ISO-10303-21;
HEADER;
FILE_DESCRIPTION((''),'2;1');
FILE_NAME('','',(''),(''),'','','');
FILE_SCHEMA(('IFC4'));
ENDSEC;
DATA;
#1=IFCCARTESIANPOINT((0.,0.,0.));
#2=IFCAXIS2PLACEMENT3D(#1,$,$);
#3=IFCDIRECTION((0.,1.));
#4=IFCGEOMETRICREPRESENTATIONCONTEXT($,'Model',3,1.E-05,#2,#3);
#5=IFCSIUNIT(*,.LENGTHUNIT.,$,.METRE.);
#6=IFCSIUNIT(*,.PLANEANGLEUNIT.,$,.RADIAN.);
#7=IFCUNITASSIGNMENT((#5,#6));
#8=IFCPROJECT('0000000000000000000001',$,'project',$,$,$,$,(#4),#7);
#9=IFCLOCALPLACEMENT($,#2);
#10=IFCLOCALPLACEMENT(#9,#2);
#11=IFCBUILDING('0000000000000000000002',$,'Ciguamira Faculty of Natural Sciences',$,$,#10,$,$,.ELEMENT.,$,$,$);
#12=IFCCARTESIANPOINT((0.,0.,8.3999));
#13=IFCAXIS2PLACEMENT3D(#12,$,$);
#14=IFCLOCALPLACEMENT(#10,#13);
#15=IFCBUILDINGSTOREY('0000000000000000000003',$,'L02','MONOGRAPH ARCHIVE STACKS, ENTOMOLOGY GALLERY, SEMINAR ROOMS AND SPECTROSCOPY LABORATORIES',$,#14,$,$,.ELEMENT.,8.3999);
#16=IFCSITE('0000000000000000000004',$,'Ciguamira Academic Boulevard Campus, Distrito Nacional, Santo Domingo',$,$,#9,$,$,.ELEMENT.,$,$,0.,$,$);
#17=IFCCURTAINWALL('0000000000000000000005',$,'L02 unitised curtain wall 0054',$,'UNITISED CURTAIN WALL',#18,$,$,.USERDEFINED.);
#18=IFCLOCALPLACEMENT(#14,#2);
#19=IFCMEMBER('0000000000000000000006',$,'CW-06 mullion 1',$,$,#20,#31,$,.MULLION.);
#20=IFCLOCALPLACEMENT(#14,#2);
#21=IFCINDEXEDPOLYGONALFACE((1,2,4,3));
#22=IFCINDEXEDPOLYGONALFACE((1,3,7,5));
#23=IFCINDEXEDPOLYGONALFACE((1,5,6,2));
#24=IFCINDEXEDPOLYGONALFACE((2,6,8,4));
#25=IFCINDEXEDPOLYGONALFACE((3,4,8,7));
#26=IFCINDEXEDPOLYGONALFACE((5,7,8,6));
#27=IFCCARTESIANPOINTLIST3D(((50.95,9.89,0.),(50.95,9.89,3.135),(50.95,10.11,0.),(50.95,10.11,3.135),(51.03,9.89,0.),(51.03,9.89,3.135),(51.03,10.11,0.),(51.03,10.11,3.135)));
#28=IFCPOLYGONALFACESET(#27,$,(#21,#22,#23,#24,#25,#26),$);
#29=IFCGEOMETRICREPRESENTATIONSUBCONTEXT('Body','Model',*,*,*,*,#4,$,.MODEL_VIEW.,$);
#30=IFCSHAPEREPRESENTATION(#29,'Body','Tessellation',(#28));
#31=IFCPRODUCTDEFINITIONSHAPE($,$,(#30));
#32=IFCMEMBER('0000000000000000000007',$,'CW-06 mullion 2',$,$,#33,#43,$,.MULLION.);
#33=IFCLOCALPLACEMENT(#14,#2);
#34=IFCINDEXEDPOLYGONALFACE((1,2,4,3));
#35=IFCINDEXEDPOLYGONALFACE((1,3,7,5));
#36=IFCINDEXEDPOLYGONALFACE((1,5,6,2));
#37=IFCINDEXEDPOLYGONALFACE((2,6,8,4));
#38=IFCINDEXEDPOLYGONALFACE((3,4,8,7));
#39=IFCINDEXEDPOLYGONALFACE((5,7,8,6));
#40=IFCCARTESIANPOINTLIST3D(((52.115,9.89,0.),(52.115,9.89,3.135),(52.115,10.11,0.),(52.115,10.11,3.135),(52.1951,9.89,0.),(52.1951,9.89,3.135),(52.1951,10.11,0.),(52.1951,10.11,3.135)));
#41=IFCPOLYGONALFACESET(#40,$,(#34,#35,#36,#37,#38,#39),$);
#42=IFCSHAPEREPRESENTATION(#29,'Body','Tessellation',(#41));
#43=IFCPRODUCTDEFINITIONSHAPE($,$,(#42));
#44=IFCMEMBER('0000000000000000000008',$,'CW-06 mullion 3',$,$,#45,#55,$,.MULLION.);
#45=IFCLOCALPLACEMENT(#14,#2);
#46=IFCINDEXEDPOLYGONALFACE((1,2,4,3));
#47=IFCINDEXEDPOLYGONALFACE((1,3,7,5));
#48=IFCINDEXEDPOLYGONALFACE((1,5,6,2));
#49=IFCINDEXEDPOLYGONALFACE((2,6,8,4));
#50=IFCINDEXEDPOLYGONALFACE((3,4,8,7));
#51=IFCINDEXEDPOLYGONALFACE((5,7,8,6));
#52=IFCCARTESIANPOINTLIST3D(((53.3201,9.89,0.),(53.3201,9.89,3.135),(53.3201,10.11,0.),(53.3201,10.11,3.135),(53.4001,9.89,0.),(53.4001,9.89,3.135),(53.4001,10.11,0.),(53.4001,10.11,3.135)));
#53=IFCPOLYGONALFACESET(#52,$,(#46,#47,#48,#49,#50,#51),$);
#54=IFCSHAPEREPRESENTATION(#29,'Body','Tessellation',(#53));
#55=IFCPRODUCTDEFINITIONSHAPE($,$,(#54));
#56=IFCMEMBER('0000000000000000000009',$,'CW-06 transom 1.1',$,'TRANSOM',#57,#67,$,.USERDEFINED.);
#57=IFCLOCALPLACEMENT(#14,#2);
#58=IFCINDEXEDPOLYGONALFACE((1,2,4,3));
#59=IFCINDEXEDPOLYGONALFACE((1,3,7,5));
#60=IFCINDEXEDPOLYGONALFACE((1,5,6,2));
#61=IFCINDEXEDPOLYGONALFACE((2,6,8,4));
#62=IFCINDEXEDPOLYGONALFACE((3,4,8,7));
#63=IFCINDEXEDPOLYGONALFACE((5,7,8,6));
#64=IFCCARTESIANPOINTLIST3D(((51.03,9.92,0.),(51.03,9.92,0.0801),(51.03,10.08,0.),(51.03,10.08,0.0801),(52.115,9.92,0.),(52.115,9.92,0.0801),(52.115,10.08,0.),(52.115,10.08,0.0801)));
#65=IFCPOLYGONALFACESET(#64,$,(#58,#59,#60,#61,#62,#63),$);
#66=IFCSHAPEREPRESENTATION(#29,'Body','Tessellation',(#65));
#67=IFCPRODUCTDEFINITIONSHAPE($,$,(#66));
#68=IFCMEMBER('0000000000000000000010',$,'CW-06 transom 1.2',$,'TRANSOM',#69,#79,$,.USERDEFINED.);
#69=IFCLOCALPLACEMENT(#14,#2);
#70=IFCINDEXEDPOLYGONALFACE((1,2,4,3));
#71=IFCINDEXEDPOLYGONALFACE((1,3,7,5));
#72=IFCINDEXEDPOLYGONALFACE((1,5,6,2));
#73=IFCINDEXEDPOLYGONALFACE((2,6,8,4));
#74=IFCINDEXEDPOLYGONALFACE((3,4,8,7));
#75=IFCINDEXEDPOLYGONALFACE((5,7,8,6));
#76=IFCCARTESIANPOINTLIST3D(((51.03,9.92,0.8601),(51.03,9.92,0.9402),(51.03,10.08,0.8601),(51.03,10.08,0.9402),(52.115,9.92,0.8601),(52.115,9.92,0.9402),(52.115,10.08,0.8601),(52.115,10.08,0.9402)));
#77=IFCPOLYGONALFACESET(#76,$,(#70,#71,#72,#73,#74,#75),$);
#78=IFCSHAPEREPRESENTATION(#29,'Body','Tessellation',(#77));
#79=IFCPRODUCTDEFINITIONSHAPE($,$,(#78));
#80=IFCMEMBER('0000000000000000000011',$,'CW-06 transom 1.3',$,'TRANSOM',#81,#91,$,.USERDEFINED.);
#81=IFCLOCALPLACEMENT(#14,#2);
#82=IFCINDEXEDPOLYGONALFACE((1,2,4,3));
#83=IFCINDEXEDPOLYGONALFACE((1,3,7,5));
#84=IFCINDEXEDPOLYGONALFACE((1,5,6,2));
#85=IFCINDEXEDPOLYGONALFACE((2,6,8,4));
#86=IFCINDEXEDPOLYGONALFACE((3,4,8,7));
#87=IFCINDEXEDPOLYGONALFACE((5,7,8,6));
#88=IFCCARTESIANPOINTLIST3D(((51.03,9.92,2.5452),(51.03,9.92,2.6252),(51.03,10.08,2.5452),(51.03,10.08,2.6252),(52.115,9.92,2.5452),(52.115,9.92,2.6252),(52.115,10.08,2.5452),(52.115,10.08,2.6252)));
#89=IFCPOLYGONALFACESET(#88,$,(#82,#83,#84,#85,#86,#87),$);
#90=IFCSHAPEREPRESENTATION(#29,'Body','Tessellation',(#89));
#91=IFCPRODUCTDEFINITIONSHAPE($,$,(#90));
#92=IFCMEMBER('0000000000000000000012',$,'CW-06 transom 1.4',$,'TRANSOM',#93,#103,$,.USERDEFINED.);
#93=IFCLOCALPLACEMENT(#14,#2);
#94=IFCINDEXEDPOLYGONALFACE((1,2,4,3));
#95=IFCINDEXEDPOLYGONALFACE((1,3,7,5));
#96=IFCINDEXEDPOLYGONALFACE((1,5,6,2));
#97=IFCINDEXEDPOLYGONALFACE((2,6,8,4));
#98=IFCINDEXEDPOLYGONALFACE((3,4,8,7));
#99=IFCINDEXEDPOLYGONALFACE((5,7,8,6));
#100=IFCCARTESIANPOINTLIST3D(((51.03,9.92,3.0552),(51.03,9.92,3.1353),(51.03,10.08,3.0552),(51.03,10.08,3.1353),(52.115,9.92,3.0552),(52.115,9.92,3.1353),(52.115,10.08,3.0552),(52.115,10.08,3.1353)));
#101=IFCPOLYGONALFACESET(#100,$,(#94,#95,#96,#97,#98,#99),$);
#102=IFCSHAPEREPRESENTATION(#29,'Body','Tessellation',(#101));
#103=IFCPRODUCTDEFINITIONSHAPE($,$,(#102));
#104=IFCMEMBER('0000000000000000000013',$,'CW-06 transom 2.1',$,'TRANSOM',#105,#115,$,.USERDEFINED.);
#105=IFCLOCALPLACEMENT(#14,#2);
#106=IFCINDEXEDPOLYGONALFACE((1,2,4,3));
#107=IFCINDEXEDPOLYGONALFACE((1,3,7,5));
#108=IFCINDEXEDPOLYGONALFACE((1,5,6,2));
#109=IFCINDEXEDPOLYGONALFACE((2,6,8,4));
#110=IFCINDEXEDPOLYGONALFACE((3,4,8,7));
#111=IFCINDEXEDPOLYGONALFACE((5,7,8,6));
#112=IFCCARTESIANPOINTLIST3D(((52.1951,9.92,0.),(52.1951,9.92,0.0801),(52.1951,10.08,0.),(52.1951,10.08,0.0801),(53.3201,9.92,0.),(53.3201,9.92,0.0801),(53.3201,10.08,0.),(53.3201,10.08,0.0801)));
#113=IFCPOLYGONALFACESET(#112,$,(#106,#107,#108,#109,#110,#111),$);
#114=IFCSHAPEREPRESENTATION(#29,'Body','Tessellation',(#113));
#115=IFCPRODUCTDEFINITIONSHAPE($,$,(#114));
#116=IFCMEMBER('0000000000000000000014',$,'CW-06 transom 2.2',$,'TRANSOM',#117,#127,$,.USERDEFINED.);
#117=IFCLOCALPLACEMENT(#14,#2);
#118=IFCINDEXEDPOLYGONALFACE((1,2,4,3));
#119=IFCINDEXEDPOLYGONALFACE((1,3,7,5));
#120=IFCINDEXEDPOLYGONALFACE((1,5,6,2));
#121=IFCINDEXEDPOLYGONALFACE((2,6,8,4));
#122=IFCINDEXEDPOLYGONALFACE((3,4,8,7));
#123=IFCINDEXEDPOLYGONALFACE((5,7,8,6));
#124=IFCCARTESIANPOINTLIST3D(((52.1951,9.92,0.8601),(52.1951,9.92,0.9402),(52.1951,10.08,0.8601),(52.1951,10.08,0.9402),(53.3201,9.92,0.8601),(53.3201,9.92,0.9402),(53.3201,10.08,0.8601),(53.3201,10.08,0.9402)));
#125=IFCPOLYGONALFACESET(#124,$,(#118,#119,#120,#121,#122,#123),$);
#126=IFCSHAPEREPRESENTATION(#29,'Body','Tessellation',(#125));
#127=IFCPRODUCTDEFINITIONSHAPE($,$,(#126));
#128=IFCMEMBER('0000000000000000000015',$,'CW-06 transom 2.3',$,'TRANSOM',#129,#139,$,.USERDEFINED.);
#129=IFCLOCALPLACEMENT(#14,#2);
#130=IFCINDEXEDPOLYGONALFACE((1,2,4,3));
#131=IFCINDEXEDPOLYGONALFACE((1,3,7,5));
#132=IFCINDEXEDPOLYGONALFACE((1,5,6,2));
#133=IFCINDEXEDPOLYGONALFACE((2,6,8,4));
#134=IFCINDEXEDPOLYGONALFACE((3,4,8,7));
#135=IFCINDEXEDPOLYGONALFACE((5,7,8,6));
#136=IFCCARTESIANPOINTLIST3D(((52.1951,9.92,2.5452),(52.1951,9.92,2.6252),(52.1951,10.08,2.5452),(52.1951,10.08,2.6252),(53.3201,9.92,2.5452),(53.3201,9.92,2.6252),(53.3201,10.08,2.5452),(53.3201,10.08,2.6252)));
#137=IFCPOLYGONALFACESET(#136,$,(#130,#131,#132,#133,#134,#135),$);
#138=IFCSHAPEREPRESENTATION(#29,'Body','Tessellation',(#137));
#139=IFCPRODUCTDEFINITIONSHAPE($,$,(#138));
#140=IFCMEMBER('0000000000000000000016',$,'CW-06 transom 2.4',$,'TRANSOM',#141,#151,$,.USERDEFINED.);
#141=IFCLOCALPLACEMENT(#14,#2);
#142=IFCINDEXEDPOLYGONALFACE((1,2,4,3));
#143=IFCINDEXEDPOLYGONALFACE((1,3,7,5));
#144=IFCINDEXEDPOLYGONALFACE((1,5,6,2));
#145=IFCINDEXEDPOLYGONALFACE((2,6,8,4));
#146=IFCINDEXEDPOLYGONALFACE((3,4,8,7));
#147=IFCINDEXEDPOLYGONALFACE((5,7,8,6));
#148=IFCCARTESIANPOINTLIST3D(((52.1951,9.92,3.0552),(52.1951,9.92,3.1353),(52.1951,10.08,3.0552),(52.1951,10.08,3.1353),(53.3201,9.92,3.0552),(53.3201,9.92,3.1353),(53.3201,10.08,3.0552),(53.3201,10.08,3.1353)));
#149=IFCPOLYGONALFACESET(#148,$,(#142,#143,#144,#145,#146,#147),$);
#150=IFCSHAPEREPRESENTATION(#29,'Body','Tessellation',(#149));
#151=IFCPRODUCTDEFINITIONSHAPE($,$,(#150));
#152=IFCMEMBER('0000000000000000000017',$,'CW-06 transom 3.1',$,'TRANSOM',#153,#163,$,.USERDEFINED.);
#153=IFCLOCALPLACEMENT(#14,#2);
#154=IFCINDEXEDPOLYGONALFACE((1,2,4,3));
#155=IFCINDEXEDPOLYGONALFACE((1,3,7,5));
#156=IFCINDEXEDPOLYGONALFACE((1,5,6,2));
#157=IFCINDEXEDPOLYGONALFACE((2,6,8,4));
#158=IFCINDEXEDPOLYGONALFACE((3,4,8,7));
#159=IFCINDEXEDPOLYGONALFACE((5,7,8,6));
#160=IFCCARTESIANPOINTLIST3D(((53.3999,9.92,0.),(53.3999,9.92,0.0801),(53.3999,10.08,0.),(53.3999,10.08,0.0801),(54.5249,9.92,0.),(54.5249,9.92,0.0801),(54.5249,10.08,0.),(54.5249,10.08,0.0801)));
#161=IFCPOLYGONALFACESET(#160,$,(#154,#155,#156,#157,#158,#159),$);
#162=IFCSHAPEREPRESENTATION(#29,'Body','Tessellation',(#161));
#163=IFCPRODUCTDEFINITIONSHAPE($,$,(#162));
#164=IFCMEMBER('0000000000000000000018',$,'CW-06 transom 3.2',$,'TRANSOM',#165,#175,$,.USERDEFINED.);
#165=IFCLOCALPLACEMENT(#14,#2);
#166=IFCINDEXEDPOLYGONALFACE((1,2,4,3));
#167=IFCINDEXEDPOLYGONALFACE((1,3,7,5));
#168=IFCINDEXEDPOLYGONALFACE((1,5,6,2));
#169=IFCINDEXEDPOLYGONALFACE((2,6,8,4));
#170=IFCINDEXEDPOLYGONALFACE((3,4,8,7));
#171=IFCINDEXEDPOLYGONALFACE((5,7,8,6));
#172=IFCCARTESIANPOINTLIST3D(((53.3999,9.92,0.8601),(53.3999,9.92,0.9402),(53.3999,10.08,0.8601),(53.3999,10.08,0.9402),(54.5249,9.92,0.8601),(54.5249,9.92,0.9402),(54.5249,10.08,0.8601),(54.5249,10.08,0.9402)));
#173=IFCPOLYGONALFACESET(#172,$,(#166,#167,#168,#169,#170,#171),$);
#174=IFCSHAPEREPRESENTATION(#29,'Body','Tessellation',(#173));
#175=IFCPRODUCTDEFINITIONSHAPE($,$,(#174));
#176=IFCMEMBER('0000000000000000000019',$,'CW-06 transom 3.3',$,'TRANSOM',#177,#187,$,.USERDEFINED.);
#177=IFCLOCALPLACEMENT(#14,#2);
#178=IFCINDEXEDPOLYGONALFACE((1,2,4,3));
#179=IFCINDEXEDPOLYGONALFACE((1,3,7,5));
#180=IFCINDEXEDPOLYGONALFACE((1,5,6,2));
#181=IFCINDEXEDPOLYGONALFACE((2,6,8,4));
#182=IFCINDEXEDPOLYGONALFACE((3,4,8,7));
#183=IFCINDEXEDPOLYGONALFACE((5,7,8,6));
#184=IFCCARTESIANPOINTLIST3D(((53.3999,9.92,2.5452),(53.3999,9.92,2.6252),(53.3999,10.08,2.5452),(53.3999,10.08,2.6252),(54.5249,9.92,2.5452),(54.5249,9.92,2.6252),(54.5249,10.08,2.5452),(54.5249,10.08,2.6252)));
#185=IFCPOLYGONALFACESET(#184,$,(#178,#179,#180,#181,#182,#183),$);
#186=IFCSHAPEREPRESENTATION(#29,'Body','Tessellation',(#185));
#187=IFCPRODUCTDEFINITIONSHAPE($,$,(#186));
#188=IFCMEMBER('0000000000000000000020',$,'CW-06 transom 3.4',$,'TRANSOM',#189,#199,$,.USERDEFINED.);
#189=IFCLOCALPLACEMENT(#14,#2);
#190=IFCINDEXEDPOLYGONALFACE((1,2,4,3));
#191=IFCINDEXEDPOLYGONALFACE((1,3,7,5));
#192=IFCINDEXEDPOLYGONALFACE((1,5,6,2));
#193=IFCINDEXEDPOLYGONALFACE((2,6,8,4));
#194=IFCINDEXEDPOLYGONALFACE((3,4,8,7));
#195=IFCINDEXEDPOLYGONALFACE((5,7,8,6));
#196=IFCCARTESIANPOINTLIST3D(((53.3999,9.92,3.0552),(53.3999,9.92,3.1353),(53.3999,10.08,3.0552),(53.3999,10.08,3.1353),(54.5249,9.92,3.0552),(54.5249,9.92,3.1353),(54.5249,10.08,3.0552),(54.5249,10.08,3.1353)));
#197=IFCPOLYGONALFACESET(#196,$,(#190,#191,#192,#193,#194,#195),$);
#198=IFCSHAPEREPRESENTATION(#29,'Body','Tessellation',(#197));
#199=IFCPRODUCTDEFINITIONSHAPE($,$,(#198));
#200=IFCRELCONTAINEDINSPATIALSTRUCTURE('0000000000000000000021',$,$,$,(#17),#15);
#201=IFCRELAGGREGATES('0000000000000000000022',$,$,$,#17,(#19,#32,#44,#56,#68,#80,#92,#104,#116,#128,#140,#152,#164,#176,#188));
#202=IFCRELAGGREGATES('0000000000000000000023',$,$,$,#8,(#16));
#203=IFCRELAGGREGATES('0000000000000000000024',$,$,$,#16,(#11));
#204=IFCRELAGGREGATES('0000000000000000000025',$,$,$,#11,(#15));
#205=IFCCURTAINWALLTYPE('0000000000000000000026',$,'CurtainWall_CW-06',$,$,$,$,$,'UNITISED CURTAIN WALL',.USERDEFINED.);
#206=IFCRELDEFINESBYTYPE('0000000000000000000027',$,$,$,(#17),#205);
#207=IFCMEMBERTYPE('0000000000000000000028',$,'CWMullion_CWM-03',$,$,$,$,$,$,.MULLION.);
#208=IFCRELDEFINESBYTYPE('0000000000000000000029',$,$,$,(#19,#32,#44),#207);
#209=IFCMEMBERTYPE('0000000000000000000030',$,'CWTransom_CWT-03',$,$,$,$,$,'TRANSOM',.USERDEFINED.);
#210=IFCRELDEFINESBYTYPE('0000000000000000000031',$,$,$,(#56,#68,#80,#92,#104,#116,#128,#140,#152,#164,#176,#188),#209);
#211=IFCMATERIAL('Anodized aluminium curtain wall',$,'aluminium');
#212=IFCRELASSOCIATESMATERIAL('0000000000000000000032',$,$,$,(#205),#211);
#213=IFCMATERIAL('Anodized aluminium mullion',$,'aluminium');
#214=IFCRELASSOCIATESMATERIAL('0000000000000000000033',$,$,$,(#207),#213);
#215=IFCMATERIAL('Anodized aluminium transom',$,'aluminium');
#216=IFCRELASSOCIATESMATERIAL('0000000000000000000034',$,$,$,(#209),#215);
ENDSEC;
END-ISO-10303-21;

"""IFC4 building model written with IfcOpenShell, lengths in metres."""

from ifc_helpers import new_model, si_unit, direction, frame, origin, origin_2d, place, context, subcontext, project, spatial, rectangle, extrude, material, material_profile, profile_set, type_object, element, aggregate, save


model = new_model("IFC4")

# Units and contexts
model_context = context("Model", 3, precision=1e-05, world=origin(), true_north=direction((0.0, 1.0)))
body_context = subcontext(model_context, "Body", "Model", "MODEL_VIEW")
ifc_project = project(units=[si_unit("LENGTHUNIT", "METRE"), si_unit("PLANEANGLEUNIT", "RADIAN")], contexts=[model_context])

# Site, building, storey
site_placement = place(None, origin())
site = spatial("IfcSite", under=ifc_project, at=site_placement, Name="Ciguamira Academic Boulevard Campus, Distrito Nacional, Santo Domingo", CompositionType="ELEMENT", RefElevation=0.0)
building_placement = place(site_placement, origin())
building = spatial("IfcBuilding", under=site, at=building_placement, Name="Ciguamira Faculty of Natural Sciences", CompositionType="ELEMENT")
storey_placement = place(building_placement, frame((0.0, 0.0, 8.3999)))
storey = spatial("IfcBuildingStorey", under=building, at=storey_placement, Name="L02", Description="MONOGRAPH ARCHIVE STACKS, ENTOMOLOGY GALLERY, SEMINAR ROOMS AND SPECTROSCOPY LABORATORIES", CompositionType="ELEMENT", Elevation=8.3999)

# Curtain wall, members
ifc_material_1 = material(Name="Anodized aluminium curtain wall", Category="aluminium")
curtain_wall_type = type_object("IfcCurtainWallType", Name="CurtainWall_CW-06", ElementType="UNITISED CURTAIN WALL", PredefinedType="USERDEFINED", material=ifc_material_1)
curtain_wall_placement = place(storey_placement, origin())
curtain_wall = element("IfcCurtainWall", 1, at=curtain_wall_placement, inside=storey, type_object=curtain_wall_type, Name="L02 unitised curtain wall 0054", ObjectType="UNITISED CURTAIN WALL", PredefinedType="USERDEFINED")
ifc_material_2 = material(Name="Anodized aluminium mullion", Category="aluminium")
ifc_material_profile_1 = material_profile(ifc_material_2, rectangle(XDim=0.0801, YDim=0.22, at=origin_2d()), Name="ALU-MUL-80X220")
ifc_profile_set_1 = profile_set([ifc_material_profile_1], Name="Anodized aluminium mullion")
member_type_1 = type_object("IfcMemberType", Name="CWMullion_CWM-03", PredefinedType="MULLION", material=ifc_profile_set_1)
member_1_placement = place(storey_placement, frame((50.99, 10.0, 0.0), z_axis=(0.0, 0.0, 1.0), x_axis=(1.0, 0.0, 0.0)))
member_1 = element("IfcMember", 2, at=member_1_placement, type_object=member_type_1, Name="CW-06 mullion 1", PredefinedType="MULLION", context=body_context, shape_type="SweptSolid", body=[
    extrude(rectangle(XDim=0.0801, YDim=0.22, at=origin_2d()), origin(), (0.0, 0.0, 1.0), 3.135),
])
member_2_placement = place(storey_placement, frame((52.155, 10.0, 0.0), z_axis=(0.0, 0.0, 1.0), x_axis=(1.0, 0.0, 0.0)))
member_2 = element("IfcMember", 3, at=member_2_placement, type_object=member_type_1, Name="CW-06 mullion 2", PredefinedType="MULLION", context=body_context, shape_type="SweptSolid", body=[
    extrude(rectangle(XDim=0.0801, YDim=0.22, at=origin_2d()), origin(), (0.0, 0.0, 1.0), 3.135),
])
member_3_placement = place(storey_placement, frame((53.3601, 10.0, 0.0), z_axis=(0.0, 0.0, 1.0), x_axis=(1.0, 0.0, 0.0)))
member_3 = element("IfcMember", 4, at=member_3_placement, type_object=member_type_1, Name="CW-06 mullion 3", PredefinedType="MULLION", context=body_context, shape_type="SweptSolid", body=[
    extrude(rectangle(XDim=0.0801, YDim=0.22, at=origin_2d()), origin(), (0.0, 0.0, 1.0), 3.135),
])
ifc_material_3 = material(Name="Anodized aluminium transom", Category="aluminium")
ifc_material_profile_2 = material_profile(ifc_material_3, rectangle(XDim=0.0801, YDim=0.1599, at=origin_2d()), Name="ALU-TRN-80X160")
ifc_profile_set_2 = profile_set([ifc_material_profile_2], Name="Anodized aluminium transom")
member_type_2 = type_object("IfcMemberType", Name="CWTransom_CWT-03", ElementType="TRANSOM", PredefinedType="USERDEFINED", material=ifc_profile_set_2)
member_4_placement = place(storey_placement, frame((51.03, 10.0, 0.04), z_axis=(1.0, 0.0, 0.0), x_axis=(0.0, 0.0, 1.0)))
member_4 = element("IfcMember", 5, at=member_4_placement, type_object=member_type_2, Name="CW-06 transom 1.1", ObjectType="TRANSOM", PredefinedType="USERDEFINED", context=body_context, shape_type="SweptSolid", body=[
    extrude(rectangle(XDim=0.0801, YDim=0.1599, at=origin_2d()), origin(), (0.0, 0.0, 1.0), 1.085),
])
member_5_placement = place(storey_placement, frame((51.03, 10.0, 0.9001), z_axis=(1.0, 0.0, 0.0), x_axis=(0.0, 0.0, 1.0)))
member_5 = element("IfcMember", 6, at=member_5_placement, type_object=member_type_2, Name="CW-06 transom 1.2", ObjectType="TRANSOM", PredefinedType="USERDEFINED", context=body_context, shape_type="SweptSolid", body=[
    extrude(rectangle(XDim=0.0801, YDim=0.1599, at=origin_2d()), origin(), (0.0, 0.0, 1.0), 1.085),
])
member_6_placement = place(storey_placement, frame((51.03, 10.0, 2.5852), z_axis=(1.0, 0.0, 0.0), x_axis=(0.0, 0.0, 1.0)))
member_6 = element("IfcMember", 7, at=member_6_placement, type_object=member_type_2, Name="CW-06 transom 1.3", ObjectType="TRANSOM", PredefinedType="USERDEFINED", context=body_context, shape_type="SweptSolid", body=[
    extrude(rectangle(XDim=0.0801, YDim=0.1599, at=origin_2d()), origin(), (0.0, 0.0, 1.0), 1.085),
])
member_7_placement = place(storey_placement, frame((51.03, 10.0, 3.0952), z_axis=(1.0, 0.0, 0.0), x_axis=(0.0, 0.0, 1.0)))
member_7 = element("IfcMember", 8, at=member_7_placement, type_object=member_type_2, Name="CW-06 transom 1.4", ObjectType="TRANSOM", PredefinedType="USERDEFINED", context=body_context, shape_type="SweptSolid", body=[
    extrude(rectangle(XDim=0.0801, YDim=0.1599, at=origin_2d()), origin(), (0.0, 0.0, 1.0), 1.085),
])
member_8_placement = place(storey_placement, frame((52.1951, 10.0, 0.04), z_axis=(1.0, 0.0, 0.0), x_axis=(0.0, 0.0, 1.0)))
member_8 = element("IfcMember", 9, at=member_8_placement, type_object=member_type_2, Name="CW-06 transom 2.1", ObjectType="TRANSOM", PredefinedType="USERDEFINED", context=body_context, shape_type="SweptSolid", body=[
    extrude(rectangle(XDim=0.0801, YDim=0.1599, at=origin_2d()), origin(), (0.0, 0.0, 1.0), 1.125),
])
member_9_placement = place(storey_placement, frame((52.1951, 10.0, 0.9001), z_axis=(1.0, 0.0, 0.0), x_axis=(0.0, 0.0, 1.0)))
member_9 = element("IfcMember", 10, at=member_9_placement, type_object=member_type_2, Name="CW-06 transom 2.2", ObjectType="TRANSOM", PredefinedType="USERDEFINED", context=body_context, shape_type="SweptSolid", body=[
    extrude(rectangle(XDim=0.0801, YDim=0.1599, at=origin_2d()), origin(), (0.0, 0.0, 1.0), 1.125),
])
member_10_placement = place(storey_placement, frame((52.1951, 10.0, 2.5852), z_axis=(1.0, 0.0, 0.0), x_axis=(0.0, 0.0, 1.0)))
member_10 = element("IfcMember", 11, at=member_10_placement, type_object=member_type_2, Name="CW-06 transom 2.3", ObjectType="TRANSOM", PredefinedType="USERDEFINED", context=body_context, shape_type="SweptSolid", body=[
    extrude(rectangle(XDim=0.0801, YDim=0.1599, at=origin_2d()), origin(), (0.0, 0.0, 1.0), 1.125),
])
member_11_placement = place(storey_placement, frame((52.1951, 10.0, 3.0952), z_axis=(1.0, 0.0, 0.0), x_axis=(0.0, 0.0, 1.0)))
member_11 = element("IfcMember", 12, at=member_11_placement, type_object=member_type_2, Name="CW-06 transom 2.4", ObjectType="TRANSOM", PredefinedType="USERDEFINED", context=body_context, shape_type="SweptSolid", body=[
    extrude(rectangle(XDim=0.0801, YDim=0.1599, at=origin_2d()), origin(), (0.0, 0.0, 1.0), 1.125),
])
member_12_placement = place(storey_placement, frame((53.3999, 10.0, 0.04), z_axis=(1.0, 0.0, 0.0), x_axis=(0.0, 0.0, 1.0)))
member_12 = element("IfcMember", 13, at=member_12_placement, type_object=member_type_2, Name="CW-06 transom 3.1", ObjectType="TRANSOM", PredefinedType="USERDEFINED", context=body_context, shape_type="SweptSolid", body=[
    extrude(rectangle(XDim=0.0801, YDim=0.1599, at=origin_2d()), origin(), (0.0, 0.0, 1.0), 1.125),
])
member_13_placement = place(storey_placement, frame((53.3999, 10.0, 0.9001), z_axis=(1.0, 0.0, 0.0), x_axis=(0.0, 0.0, 1.0)))
member_13 = element("IfcMember", 14, at=member_13_placement, type_object=member_type_2, Name="CW-06 transom 3.2", ObjectType="TRANSOM", PredefinedType="USERDEFINED", context=body_context, shape_type="SweptSolid", body=[
    extrude(rectangle(XDim=0.0801, YDim=0.1599, at=origin_2d()), origin(), (0.0, 0.0, 1.0), 1.125),
])
member_14_placement = place(storey_placement, frame((53.3999, 10.0, 2.5852), z_axis=(1.0, 0.0, 0.0), x_axis=(0.0, 0.0, 1.0)))
member_14 = element("IfcMember", 15, at=member_14_placement, type_object=member_type_2, Name="CW-06 transom 3.3", ObjectType="TRANSOM", PredefinedType="USERDEFINED", context=body_context, shape_type="SweptSolid", body=[
    extrude(rectangle(XDim=0.0801, YDim=0.1599, at=origin_2d()), origin(), (0.0, 0.0, 1.0), 1.125),
])
member_15_placement = place(storey_placement, frame((53.3999, 10.0, 3.0952), z_axis=(1.0, 0.0, 0.0), x_axis=(0.0, 0.0, 1.0)))
member_15 = element("IfcMember", 16, at=member_15_placement, type_object=member_type_2, Name="CW-06 transom 3.4", ObjectType="TRANSOM", PredefinedType="USERDEFINED", context=body_context, shape_type="SweptSolid", body=[
    extrude(rectangle(XDim=0.0801, YDim=0.1599, at=origin_2d()), origin(), (0.0, 0.0, 1.0), 1.125),
])

aggregate(curtain_wall, [member_1, member_2, member_3, member_4, member_5, member_6, member_7, member_8, member_9, member_10, member_11, member_12, member_13, member_14, member_15])

save(model, "model.ifc")
